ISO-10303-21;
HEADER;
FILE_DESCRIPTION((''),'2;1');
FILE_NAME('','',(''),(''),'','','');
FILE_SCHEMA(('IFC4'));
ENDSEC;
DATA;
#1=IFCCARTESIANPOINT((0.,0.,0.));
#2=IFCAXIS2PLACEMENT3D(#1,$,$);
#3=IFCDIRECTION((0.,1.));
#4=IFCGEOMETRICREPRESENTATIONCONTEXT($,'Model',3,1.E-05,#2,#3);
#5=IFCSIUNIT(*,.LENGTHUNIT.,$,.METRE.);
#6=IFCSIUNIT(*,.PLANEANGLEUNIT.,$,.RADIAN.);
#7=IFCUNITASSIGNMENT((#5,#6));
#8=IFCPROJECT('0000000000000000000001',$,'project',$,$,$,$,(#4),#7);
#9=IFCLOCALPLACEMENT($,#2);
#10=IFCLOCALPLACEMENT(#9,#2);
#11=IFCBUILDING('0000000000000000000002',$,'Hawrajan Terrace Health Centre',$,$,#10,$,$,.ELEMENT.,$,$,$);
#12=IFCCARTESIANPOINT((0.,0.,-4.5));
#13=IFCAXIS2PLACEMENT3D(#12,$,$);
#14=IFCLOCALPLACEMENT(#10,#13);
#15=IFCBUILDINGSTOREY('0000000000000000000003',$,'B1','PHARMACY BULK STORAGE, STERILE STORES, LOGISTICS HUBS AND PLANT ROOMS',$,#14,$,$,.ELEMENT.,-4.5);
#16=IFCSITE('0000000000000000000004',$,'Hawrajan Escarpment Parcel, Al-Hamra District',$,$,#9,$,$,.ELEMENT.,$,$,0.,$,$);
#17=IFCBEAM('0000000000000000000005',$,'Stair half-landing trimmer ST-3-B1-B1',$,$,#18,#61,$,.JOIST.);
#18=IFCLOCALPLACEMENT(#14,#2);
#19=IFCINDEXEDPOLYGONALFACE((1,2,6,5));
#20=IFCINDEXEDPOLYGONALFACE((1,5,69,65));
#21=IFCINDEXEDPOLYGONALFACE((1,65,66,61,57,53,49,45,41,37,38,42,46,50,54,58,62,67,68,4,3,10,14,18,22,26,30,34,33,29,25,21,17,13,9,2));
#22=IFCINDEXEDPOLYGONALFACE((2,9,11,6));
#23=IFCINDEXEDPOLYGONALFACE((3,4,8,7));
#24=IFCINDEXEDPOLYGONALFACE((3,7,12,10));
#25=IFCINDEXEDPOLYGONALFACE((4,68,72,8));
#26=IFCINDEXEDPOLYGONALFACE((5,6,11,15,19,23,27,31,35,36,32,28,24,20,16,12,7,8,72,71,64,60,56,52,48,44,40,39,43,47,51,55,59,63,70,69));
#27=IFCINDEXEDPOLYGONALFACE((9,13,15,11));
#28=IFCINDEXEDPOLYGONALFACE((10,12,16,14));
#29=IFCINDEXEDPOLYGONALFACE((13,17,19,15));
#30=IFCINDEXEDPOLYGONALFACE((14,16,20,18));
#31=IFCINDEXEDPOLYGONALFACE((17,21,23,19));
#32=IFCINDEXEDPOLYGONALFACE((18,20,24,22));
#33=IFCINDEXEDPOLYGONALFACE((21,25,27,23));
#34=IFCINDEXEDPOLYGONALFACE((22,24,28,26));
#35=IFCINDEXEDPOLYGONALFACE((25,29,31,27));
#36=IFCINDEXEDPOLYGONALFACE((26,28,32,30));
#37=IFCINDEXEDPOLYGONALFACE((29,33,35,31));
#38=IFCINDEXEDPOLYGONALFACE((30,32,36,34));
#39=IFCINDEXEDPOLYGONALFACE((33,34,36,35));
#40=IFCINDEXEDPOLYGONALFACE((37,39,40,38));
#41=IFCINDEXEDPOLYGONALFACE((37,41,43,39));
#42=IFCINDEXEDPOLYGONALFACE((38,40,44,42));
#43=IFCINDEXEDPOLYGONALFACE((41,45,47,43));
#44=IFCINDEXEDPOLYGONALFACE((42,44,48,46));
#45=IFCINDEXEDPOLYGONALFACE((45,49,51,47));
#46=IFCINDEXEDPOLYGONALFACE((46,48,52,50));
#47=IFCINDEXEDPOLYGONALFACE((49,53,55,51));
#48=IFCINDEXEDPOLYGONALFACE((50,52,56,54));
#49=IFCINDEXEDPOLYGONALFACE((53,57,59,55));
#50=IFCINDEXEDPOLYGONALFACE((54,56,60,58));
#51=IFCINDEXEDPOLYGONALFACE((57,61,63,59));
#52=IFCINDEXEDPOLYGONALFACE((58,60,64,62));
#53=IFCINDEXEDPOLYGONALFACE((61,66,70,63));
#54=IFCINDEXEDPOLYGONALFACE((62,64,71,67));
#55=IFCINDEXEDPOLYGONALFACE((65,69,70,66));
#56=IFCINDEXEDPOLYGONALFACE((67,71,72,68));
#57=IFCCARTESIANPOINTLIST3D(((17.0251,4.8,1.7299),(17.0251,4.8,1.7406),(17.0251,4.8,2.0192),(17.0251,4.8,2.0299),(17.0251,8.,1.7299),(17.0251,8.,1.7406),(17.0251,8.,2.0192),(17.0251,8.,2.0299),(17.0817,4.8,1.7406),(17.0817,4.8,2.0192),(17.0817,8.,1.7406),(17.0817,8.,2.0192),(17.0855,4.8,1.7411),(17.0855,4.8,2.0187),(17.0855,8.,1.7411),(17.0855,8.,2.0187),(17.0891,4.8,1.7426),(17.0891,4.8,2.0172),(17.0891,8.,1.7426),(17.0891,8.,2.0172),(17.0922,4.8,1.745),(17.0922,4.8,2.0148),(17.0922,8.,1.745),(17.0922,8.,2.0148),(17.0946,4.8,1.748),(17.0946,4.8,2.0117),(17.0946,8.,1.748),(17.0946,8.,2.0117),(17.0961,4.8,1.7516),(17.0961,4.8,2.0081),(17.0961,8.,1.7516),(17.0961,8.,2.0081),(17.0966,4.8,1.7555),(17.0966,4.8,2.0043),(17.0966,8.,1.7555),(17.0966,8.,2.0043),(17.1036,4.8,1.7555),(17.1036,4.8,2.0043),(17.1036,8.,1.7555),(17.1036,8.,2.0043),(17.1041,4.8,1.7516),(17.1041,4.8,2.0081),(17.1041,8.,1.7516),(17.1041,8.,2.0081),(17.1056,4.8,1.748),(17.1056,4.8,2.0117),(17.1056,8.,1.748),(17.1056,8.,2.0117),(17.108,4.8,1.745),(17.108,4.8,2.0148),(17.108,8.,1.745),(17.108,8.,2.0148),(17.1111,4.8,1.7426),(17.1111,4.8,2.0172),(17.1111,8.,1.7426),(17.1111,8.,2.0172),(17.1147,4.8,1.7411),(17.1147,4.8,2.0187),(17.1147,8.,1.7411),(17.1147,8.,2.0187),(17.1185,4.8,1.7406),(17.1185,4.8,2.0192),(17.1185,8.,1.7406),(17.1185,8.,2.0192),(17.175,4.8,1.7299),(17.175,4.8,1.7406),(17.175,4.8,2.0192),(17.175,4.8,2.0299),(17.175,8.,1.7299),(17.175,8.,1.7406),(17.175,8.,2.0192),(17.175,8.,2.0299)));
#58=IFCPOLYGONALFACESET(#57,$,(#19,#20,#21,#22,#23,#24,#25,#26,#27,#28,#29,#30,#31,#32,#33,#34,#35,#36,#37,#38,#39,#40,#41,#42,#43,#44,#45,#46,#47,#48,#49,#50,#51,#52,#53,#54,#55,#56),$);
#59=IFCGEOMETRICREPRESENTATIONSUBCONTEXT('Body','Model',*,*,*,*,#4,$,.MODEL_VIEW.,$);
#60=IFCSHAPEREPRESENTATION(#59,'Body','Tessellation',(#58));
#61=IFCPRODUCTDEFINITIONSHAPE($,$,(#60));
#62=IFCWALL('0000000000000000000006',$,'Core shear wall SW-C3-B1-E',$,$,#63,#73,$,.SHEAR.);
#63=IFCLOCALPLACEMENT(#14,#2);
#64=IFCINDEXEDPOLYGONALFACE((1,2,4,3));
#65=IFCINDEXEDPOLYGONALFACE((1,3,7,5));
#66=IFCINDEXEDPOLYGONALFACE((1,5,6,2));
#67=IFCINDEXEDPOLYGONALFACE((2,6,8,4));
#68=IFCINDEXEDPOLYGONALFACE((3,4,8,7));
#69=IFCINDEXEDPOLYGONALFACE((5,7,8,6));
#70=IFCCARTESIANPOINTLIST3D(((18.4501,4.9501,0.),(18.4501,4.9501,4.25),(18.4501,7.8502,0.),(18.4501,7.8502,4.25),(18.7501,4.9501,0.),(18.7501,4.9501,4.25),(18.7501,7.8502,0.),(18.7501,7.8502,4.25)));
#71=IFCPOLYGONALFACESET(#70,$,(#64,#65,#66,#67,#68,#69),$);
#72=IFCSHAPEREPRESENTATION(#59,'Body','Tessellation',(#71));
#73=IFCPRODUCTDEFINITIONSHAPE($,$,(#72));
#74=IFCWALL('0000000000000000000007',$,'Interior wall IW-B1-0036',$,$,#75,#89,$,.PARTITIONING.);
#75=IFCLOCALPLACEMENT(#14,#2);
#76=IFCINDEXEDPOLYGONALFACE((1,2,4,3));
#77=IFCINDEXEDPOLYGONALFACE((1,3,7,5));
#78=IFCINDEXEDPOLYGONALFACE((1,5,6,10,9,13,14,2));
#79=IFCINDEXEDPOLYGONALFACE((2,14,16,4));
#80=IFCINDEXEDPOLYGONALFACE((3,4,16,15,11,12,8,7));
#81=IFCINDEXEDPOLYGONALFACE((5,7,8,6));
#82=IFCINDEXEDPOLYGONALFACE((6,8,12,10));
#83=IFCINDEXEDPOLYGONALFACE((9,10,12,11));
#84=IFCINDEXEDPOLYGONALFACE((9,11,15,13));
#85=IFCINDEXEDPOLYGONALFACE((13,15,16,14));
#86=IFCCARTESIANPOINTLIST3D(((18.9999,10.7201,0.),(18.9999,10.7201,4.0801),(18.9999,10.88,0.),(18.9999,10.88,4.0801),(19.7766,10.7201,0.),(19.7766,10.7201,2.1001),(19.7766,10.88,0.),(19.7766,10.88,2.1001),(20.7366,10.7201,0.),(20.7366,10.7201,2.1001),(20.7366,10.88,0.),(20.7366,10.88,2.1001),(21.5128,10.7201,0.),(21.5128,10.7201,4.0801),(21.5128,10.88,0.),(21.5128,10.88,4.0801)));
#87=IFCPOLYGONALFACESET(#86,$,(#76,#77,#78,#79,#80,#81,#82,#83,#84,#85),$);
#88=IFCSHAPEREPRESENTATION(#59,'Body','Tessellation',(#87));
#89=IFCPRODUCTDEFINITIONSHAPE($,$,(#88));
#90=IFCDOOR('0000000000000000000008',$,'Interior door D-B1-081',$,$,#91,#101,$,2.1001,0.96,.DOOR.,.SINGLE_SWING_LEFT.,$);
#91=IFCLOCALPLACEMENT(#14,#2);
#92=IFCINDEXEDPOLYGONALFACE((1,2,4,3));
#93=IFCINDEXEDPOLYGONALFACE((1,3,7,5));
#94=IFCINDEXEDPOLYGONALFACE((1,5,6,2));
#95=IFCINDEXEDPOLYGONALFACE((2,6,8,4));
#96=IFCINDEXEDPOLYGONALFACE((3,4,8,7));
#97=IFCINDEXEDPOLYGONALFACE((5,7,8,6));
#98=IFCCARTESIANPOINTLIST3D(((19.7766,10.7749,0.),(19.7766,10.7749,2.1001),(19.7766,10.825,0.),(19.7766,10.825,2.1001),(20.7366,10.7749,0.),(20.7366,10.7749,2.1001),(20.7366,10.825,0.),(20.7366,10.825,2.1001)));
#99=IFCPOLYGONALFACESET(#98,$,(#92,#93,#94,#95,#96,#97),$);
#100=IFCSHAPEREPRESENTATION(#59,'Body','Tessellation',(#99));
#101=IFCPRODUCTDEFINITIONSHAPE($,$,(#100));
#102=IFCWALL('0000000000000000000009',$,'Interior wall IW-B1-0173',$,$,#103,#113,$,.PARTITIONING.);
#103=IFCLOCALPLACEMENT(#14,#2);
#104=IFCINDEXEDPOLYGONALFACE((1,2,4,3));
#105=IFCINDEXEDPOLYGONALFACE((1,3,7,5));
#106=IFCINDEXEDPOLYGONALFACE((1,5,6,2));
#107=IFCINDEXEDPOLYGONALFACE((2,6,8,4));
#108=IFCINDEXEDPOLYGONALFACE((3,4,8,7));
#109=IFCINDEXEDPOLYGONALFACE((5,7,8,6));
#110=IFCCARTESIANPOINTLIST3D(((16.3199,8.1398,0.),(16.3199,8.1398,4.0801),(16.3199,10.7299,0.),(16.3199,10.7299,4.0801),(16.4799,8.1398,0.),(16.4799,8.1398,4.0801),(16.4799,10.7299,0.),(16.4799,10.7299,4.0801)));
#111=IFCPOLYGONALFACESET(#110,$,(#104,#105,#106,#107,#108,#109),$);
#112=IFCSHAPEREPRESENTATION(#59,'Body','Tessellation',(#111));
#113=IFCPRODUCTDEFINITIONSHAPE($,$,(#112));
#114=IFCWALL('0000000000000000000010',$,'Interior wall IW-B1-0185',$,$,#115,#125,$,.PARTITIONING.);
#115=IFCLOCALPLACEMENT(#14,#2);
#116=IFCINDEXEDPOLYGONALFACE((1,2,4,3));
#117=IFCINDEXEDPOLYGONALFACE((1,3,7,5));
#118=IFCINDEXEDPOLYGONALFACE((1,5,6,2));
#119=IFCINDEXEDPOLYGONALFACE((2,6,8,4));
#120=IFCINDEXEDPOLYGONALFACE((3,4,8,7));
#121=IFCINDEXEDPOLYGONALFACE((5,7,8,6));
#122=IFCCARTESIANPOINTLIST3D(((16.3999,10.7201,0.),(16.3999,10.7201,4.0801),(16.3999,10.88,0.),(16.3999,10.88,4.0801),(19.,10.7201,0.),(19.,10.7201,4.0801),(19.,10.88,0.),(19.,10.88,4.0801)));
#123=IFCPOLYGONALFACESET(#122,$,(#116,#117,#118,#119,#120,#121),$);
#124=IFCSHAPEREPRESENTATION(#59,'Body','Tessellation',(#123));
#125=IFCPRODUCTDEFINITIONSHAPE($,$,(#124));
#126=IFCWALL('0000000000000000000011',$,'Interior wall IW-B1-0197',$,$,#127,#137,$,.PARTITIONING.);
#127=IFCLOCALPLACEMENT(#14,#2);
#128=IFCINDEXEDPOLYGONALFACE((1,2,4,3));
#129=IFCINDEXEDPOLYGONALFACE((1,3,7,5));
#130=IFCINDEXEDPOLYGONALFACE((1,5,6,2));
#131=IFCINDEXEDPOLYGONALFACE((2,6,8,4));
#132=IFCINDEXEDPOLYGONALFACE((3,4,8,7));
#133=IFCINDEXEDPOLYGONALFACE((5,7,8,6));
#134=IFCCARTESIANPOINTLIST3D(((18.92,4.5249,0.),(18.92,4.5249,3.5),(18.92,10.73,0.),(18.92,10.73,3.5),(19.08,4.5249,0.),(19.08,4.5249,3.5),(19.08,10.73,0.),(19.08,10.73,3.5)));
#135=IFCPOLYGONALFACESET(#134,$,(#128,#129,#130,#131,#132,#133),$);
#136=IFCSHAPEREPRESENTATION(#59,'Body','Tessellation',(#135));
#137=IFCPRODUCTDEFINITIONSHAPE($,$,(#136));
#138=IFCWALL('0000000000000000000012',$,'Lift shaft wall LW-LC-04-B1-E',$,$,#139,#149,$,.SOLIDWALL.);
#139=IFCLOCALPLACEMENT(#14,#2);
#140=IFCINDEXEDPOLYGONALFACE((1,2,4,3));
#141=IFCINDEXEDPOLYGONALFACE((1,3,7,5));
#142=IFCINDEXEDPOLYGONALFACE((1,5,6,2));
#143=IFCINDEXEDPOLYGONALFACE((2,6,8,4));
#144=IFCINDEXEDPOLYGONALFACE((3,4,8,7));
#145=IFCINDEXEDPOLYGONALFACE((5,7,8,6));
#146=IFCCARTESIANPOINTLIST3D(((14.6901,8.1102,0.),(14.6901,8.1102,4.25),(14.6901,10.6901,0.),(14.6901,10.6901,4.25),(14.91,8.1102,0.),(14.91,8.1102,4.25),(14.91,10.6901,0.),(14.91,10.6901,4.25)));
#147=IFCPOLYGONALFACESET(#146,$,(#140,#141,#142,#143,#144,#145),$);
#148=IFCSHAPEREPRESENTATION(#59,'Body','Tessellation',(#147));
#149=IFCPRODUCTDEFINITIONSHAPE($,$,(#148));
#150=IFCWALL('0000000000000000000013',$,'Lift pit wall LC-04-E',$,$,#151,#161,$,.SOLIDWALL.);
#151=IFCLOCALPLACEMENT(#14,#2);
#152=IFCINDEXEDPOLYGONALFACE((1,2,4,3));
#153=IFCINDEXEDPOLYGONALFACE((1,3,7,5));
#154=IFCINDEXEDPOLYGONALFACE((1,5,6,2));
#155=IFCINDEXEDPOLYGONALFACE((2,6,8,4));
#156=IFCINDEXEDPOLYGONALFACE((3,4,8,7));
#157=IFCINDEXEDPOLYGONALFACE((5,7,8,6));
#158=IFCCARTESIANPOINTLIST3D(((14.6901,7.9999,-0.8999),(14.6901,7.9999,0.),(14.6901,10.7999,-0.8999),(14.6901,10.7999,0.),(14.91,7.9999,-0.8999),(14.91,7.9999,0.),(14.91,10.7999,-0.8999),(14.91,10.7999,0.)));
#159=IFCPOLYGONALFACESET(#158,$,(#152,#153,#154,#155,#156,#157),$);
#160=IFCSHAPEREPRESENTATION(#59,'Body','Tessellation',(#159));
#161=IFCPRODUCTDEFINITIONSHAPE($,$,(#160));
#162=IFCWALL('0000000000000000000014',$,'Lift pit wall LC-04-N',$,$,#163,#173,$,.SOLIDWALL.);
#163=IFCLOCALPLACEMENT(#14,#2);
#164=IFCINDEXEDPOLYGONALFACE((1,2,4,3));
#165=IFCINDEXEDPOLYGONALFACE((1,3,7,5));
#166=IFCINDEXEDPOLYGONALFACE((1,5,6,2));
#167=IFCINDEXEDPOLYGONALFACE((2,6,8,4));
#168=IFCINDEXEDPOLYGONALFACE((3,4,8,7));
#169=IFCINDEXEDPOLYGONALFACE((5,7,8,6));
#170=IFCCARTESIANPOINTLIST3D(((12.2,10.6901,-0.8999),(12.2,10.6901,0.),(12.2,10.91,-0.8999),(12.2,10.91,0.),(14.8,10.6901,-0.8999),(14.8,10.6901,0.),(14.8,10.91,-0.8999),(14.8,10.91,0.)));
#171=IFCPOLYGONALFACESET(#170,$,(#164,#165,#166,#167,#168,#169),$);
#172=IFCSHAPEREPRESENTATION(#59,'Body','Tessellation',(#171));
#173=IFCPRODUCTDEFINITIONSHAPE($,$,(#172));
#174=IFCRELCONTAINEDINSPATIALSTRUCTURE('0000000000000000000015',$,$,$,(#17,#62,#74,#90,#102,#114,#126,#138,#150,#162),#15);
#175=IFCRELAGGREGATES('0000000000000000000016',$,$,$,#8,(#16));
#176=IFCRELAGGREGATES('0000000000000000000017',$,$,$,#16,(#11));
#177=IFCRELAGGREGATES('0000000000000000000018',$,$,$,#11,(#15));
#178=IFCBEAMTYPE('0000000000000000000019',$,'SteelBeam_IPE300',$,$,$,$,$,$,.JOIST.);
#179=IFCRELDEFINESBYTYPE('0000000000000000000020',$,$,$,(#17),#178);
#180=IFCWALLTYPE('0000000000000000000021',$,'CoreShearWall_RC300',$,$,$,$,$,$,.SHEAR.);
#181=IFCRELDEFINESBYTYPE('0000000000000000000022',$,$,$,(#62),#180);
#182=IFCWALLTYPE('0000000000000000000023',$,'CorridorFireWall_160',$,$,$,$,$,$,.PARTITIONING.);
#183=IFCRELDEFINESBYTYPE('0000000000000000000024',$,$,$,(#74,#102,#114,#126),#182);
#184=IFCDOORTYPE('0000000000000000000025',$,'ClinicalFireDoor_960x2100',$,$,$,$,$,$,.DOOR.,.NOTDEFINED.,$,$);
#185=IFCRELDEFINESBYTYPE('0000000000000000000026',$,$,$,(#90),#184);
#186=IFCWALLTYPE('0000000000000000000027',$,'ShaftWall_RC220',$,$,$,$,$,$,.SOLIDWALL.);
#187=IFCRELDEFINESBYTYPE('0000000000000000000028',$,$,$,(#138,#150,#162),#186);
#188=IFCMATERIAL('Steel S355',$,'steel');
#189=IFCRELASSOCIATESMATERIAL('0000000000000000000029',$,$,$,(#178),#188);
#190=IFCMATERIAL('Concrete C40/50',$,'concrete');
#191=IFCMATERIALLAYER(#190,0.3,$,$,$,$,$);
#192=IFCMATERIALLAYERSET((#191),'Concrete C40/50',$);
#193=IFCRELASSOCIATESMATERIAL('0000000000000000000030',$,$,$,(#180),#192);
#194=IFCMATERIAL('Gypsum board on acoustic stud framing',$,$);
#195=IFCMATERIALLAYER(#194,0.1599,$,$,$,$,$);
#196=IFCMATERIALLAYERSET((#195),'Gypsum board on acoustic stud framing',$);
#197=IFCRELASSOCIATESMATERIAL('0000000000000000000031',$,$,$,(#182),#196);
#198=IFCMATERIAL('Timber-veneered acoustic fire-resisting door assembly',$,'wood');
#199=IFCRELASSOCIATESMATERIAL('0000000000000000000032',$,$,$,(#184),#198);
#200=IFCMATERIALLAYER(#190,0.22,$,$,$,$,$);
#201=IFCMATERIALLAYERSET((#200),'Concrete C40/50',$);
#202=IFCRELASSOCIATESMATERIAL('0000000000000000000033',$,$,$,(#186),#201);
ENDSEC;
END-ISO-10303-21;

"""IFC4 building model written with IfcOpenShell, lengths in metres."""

from ifc_helpers import new_model, si_unit, direction, frame, frame_2d, origin, origin_2d, place, context, subcontext, project, spatial, rectangle, i_section, extrude, material, layer, layer_set, material_profile, profile_set, type_object, element, fill, save


model = new_model("IFC4")

# Units and contexts
model_context = context("Model", 3, precision=1e-05, world=origin(), true_north=direction((0.0, 1.0)))
body_context = subcontext(model_context, "Body", "Model", "MODEL_VIEW")
ifc_project = project(units=[si_unit("LENGTHUNIT", "METRE"), si_unit("PLANEANGLEUNIT", "RADIAN")], contexts=[model_context])

# Site, building, storey
site_placement = place(None, origin())
site = spatial("IfcSite", under=ifc_project, at=site_placement, Name="Hawrajan Escarpment Parcel, Al-Hamra District", CompositionType="ELEMENT", RefElevation=0.0)
building_placement = place(site_placement, origin())
building = spatial("IfcBuilding", under=site, at=building_placement, Name="Hawrajan Terrace Health Centre", CompositionType="ELEMENT")
storey_placement = place(building_placement, frame((0.0, 0.0, -4.5)))
storey = spatial("IfcBuildingStorey", under=building, at=storey_placement, Name="B1", Description="PHARMACY BULK STORAGE, STERILE STORES, LOGISTICS HUBS AND PLANT ROOMS", CompositionType="ELEMENT", Elevation=-4.5)

# Shared definitions
ifc_material_1 = material(Name="Concrete C40/50", Category="concrete")

# Beam
ifc_material_2 = material(Name="Steel S355", Category="steel")
ifc_material_profile_1 = material_profile(ifc_material_2, i_section(OverallWidth=0.1499, OverallDepth=0.3, WebThickness=0.0071, FlangeThickness=0.0107, FilletRadius=0.0149, at=origin_2d()), Name="IPE 300")
ifc_profile_set_1 = profile_set([ifc_material_profile_1], Name="Steel S355")
beam_type = type_object("IfcBeamType", Name="SteelBeam_IPE300", PredefinedType="JOIST", material=ifc_profile_set_1)
beam_placement = place(storey_placement, frame((17.1001, 4.8, 1.8799), z_axis=(0.0, 1.0, 0.0), x_axis=(-1.0, 0.0, 0.0)))
element("IfcBeam", 1, at=beam_placement, inside=storey, type_object=beam_type, Name="Stair half-landing trimmer ST-3-B1-B1", PredefinedType="JOIST", context=body_context, shape_type="SweptSolid", body=[
    extrude(i_section(OverallWidth=0.1499, OverallDepth=0.3, WebThickness=0.0071, FlangeThickness=0.0107, FilletRadius=0.0149, at=origin_2d()), origin(), (0.0, 0.0, 1.0), 3.2),
])

# Wall
ifc_layer_1 = layer(ifc_material_1, 0.3)
ifc_layer_set_1 = layer_set([ifc_layer_1], Name="Concrete C40/50")
wall_type_1 = type_object("IfcWallType", Name="CoreShearWall_RC300", PredefinedType="SHEAR", material=ifc_layer_set_1)
wall_1_placement = place(storey_placement, frame((18.6001, 4.95, 0.0), z_axis=(0.0, 0.0, 1.0), x_axis=(0.0, 1.0, 0.0)))
element("IfcWall", 2, at=wall_1_placement, inside=storey, type_object=wall_type_1, Name="Core shear wall SW-C3-B1-E", PredefinedType="SHEAR", context=body_context, shape_type="SweptSolid", body=[
    extrude(rectangle(XDim=2.9001, YDim=0.3, at=frame_2d((1.4502, 0.0))), origin(), (0.0, 0.0, 1.0), 4.25),
])

# Wall, opening, door
ifc_material_3 = material(Name="Gypsum board on acoustic stud framing")
ifc_layer_2 = layer(ifc_material_3, 0.1599)
ifc_layer_set_2 = layer_set([ifc_layer_2], Name="Gypsum board on acoustic stud framing")
wall_type_2 = type_object("IfcWallType", Name="CorridorFireWall_160", PredefinedType="PARTITIONING", material=ifc_layer_set_2)
wall_2_placement = place(storey_placement, frame((19.0, 10.8, 0.0), z_axis=(0.0, 0.0, 1.0), x_axis=(1.0, 0.0, 0.0)))
wall_2 = element("IfcWall", 3, at=wall_2_placement, inside=storey, type_object=wall_type_2, Name="Interior wall IW-B1-0036", PredefinedType="PARTITIONING", context=body_context, shape_type="SweptSolid", body=[
    extrude(rectangle(XDim=2.5129, YDim=0.1599, at=frame_2d((1.2563, 0.0))), origin(), (0.0, 0.0, 1.0), 4.0801),
])
opening_1_placement = place(wall_2_placement, frame((0.7766, 0.0, 0.0)))
opening_1 = element("IfcOpeningElement", 4, at=opening_1_placement, cuts=wall_2, PredefinedType="OPENING", context=body_context, shape_type="SweptSolid", body=[
    extrude(rectangle(XDim=0.96, YDim=2.1001, at=frame_2d((0.48, 1.05))), frame((0.0, 0.0898, 0.0), z_axis=(0.0, -1.0, 0.0), x_axis=(1.0, 0.0, 0.0)), (0.0, 0.0, 1.0), 0.1799),
])
ifc_material_4 = material(Name="Timber-veneered acoustic fire-resisting door assembly", Category="wood")
door_type_1 = type_object("IfcDoorType", Name="ClinicalFireDoor_960x2100", OperationType="NOTDEFINED", PredefinedType="DOOR", material=ifc_material_4)
door_1_placement = place(opening_1_placement, origin())
door_1 = element("IfcDoor", 5, at=door_1_placement, inside=storey, type_object=door_type_1, Name="Interior door D-B1-081", OperationType="SINGLE_SWING_LEFT", OverallHeight=2.1001, OverallWidth=0.96, PredefinedType="DOOR", context=body_context, shape_type="SweptSolid", body=[
    extrude(rectangle(XDim=0.96, YDim=2.1001, at=frame_2d((0.48, 1.05))), frame((0.0, 0.0249, 0.0), z_axis=(0.0, -1.0, 0.0), x_axis=(1.0, 0.0, 0.0)), (0.0, 0.0, 1.0), 0.05),
])
fill(opening_1, door_1)

# Walls
wall_3_placement = place(storey_placement, frame((16.3999, 8.1399, 0.0), z_axis=(0.0, 0.0, 1.0), x_axis=(0.0, 1.0, 0.0)))
element("IfcWall", 6, at=wall_3_placement, inside=storey, type_object=wall_type_2, Name="Interior wall IW-B1-0173", PredefinedType="PARTITIONING", context=body_context, shape_type="SweptSolid", body=[
    extrude(rectangle(XDim=2.5901, YDim=0.1599, at=frame_2d((1.2949, 0.0))), origin(), (0.0, 0.0, 1.0), 4.0801),
])
wall_4_placement = place(storey_placement, frame((16.3999, 10.8, 0.0), z_axis=(0.0, 0.0, 1.0), x_axis=(1.0, 0.0, 0.0)))
element("IfcWall", 7, at=wall_4_placement, inside=storey, type_object=wall_type_2, Name="Interior wall IW-B1-0185", PredefinedType="PARTITIONING", context=body_context, shape_type="SweptSolid", body=[
    extrude(rectangle(XDim=2.6001, YDim=0.1599, at=frame_2d((1.3, 0.0))), origin(), (0.0, 0.0, 1.0), 4.0801),
])
wall_5_placement = place(storey_placement, frame((19.0, 4.5249, 0.0), z_axis=(0.0, 0.0, 1.0), x_axis=(0.0, 1.0, 0.0)))
element("IfcWall", 8, at=wall_5_placement, inside=storey, type_object=wall_type_2, Name="Interior wall IW-B1-0197", PredefinedType="PARTITIONING", context=body_context, shape_type="SweptSolid", body=[
    extrude(rectangle(XDim=6.2051, YDim=0.1599, at=frame_2d((3.1025, 0.0))), origin(), (0.0, 0.0, 1.0), 3.5),
])
ifc_layer_3 = layer(ifc_material_1, 0.22)
ifc_layer_set_3 = layer_set([ifc_layer_3], Name="Concrete C40/50")
wall_type_3 = type_object("IfcWallType", Name="ShaftWall_RC220", PredefinedType="SOLIDWALL", material=ifc_layer_set_3)
wall_6_placement = place(storey_placement, frame((14.8, 8.1101, 0.0), z_axis=(0.0, 0.0, 1.0), x_axis=(0.0, 1.0, 0.0)))
element("IfcWall", 9, at=wall_6_placement, inside=storey, type_object=wall_type_3, Name="Lift shaft wall LW-LC-04-B1-E", PredefinedType="SOLIDWALL", context=body_context, shape_type="SweptSolid", body=[
    extrude(rectangle(XDim=2.5798, YDim=0.22, at=frame_2d((1.29, 0.0))), origin(), (0.0, 0.0, 1.0), 4.25),
])
wall_7_placement = place(storey_placement, frame((14.8, 8.0, -0.8999), z_axis=(0.0, 0.0, 1.0), x_axis=(0.0, 1.0, 0.0)))
element("IfcWall", 10, at=wall_7_placement, inside=storey, type_object=wall_type_3, Name="Lift pit wall LC-04-E", PredefinedType="SOLIDWALL", context=body_context, shape_type="SweptSolid", body=[
    extrude(rectangle(XDim=2.8, YDim=0.22, at=frame_2d((1.3999, 0.0))), origin(), (0.0, 0.0, 1.0), 0.8999),
])
wall_8_placement = place(storey_placement, frame((12.2, 10.8, -0.8999), z_axis=(0.0, 0.0, 1.0), x_axis=(1.0, 0.0, 0.0)))
element("IfcWall", 11, at=wall_8_placement, inside=storey, type_object=wall_type_3, Name="Lift pit wall LC-04-N", PredefinedType="SOLIDWALL", context=body_context, shape_type="SweptSolid", body=[
    extrude(rectangle(XDim=2.6001, YDim=0.22, at=frame_2d((1.3, 0.0))), origin(), (0.0, 0.0, 1.0), 0.8999),
])

save(model, "model.ifc")
